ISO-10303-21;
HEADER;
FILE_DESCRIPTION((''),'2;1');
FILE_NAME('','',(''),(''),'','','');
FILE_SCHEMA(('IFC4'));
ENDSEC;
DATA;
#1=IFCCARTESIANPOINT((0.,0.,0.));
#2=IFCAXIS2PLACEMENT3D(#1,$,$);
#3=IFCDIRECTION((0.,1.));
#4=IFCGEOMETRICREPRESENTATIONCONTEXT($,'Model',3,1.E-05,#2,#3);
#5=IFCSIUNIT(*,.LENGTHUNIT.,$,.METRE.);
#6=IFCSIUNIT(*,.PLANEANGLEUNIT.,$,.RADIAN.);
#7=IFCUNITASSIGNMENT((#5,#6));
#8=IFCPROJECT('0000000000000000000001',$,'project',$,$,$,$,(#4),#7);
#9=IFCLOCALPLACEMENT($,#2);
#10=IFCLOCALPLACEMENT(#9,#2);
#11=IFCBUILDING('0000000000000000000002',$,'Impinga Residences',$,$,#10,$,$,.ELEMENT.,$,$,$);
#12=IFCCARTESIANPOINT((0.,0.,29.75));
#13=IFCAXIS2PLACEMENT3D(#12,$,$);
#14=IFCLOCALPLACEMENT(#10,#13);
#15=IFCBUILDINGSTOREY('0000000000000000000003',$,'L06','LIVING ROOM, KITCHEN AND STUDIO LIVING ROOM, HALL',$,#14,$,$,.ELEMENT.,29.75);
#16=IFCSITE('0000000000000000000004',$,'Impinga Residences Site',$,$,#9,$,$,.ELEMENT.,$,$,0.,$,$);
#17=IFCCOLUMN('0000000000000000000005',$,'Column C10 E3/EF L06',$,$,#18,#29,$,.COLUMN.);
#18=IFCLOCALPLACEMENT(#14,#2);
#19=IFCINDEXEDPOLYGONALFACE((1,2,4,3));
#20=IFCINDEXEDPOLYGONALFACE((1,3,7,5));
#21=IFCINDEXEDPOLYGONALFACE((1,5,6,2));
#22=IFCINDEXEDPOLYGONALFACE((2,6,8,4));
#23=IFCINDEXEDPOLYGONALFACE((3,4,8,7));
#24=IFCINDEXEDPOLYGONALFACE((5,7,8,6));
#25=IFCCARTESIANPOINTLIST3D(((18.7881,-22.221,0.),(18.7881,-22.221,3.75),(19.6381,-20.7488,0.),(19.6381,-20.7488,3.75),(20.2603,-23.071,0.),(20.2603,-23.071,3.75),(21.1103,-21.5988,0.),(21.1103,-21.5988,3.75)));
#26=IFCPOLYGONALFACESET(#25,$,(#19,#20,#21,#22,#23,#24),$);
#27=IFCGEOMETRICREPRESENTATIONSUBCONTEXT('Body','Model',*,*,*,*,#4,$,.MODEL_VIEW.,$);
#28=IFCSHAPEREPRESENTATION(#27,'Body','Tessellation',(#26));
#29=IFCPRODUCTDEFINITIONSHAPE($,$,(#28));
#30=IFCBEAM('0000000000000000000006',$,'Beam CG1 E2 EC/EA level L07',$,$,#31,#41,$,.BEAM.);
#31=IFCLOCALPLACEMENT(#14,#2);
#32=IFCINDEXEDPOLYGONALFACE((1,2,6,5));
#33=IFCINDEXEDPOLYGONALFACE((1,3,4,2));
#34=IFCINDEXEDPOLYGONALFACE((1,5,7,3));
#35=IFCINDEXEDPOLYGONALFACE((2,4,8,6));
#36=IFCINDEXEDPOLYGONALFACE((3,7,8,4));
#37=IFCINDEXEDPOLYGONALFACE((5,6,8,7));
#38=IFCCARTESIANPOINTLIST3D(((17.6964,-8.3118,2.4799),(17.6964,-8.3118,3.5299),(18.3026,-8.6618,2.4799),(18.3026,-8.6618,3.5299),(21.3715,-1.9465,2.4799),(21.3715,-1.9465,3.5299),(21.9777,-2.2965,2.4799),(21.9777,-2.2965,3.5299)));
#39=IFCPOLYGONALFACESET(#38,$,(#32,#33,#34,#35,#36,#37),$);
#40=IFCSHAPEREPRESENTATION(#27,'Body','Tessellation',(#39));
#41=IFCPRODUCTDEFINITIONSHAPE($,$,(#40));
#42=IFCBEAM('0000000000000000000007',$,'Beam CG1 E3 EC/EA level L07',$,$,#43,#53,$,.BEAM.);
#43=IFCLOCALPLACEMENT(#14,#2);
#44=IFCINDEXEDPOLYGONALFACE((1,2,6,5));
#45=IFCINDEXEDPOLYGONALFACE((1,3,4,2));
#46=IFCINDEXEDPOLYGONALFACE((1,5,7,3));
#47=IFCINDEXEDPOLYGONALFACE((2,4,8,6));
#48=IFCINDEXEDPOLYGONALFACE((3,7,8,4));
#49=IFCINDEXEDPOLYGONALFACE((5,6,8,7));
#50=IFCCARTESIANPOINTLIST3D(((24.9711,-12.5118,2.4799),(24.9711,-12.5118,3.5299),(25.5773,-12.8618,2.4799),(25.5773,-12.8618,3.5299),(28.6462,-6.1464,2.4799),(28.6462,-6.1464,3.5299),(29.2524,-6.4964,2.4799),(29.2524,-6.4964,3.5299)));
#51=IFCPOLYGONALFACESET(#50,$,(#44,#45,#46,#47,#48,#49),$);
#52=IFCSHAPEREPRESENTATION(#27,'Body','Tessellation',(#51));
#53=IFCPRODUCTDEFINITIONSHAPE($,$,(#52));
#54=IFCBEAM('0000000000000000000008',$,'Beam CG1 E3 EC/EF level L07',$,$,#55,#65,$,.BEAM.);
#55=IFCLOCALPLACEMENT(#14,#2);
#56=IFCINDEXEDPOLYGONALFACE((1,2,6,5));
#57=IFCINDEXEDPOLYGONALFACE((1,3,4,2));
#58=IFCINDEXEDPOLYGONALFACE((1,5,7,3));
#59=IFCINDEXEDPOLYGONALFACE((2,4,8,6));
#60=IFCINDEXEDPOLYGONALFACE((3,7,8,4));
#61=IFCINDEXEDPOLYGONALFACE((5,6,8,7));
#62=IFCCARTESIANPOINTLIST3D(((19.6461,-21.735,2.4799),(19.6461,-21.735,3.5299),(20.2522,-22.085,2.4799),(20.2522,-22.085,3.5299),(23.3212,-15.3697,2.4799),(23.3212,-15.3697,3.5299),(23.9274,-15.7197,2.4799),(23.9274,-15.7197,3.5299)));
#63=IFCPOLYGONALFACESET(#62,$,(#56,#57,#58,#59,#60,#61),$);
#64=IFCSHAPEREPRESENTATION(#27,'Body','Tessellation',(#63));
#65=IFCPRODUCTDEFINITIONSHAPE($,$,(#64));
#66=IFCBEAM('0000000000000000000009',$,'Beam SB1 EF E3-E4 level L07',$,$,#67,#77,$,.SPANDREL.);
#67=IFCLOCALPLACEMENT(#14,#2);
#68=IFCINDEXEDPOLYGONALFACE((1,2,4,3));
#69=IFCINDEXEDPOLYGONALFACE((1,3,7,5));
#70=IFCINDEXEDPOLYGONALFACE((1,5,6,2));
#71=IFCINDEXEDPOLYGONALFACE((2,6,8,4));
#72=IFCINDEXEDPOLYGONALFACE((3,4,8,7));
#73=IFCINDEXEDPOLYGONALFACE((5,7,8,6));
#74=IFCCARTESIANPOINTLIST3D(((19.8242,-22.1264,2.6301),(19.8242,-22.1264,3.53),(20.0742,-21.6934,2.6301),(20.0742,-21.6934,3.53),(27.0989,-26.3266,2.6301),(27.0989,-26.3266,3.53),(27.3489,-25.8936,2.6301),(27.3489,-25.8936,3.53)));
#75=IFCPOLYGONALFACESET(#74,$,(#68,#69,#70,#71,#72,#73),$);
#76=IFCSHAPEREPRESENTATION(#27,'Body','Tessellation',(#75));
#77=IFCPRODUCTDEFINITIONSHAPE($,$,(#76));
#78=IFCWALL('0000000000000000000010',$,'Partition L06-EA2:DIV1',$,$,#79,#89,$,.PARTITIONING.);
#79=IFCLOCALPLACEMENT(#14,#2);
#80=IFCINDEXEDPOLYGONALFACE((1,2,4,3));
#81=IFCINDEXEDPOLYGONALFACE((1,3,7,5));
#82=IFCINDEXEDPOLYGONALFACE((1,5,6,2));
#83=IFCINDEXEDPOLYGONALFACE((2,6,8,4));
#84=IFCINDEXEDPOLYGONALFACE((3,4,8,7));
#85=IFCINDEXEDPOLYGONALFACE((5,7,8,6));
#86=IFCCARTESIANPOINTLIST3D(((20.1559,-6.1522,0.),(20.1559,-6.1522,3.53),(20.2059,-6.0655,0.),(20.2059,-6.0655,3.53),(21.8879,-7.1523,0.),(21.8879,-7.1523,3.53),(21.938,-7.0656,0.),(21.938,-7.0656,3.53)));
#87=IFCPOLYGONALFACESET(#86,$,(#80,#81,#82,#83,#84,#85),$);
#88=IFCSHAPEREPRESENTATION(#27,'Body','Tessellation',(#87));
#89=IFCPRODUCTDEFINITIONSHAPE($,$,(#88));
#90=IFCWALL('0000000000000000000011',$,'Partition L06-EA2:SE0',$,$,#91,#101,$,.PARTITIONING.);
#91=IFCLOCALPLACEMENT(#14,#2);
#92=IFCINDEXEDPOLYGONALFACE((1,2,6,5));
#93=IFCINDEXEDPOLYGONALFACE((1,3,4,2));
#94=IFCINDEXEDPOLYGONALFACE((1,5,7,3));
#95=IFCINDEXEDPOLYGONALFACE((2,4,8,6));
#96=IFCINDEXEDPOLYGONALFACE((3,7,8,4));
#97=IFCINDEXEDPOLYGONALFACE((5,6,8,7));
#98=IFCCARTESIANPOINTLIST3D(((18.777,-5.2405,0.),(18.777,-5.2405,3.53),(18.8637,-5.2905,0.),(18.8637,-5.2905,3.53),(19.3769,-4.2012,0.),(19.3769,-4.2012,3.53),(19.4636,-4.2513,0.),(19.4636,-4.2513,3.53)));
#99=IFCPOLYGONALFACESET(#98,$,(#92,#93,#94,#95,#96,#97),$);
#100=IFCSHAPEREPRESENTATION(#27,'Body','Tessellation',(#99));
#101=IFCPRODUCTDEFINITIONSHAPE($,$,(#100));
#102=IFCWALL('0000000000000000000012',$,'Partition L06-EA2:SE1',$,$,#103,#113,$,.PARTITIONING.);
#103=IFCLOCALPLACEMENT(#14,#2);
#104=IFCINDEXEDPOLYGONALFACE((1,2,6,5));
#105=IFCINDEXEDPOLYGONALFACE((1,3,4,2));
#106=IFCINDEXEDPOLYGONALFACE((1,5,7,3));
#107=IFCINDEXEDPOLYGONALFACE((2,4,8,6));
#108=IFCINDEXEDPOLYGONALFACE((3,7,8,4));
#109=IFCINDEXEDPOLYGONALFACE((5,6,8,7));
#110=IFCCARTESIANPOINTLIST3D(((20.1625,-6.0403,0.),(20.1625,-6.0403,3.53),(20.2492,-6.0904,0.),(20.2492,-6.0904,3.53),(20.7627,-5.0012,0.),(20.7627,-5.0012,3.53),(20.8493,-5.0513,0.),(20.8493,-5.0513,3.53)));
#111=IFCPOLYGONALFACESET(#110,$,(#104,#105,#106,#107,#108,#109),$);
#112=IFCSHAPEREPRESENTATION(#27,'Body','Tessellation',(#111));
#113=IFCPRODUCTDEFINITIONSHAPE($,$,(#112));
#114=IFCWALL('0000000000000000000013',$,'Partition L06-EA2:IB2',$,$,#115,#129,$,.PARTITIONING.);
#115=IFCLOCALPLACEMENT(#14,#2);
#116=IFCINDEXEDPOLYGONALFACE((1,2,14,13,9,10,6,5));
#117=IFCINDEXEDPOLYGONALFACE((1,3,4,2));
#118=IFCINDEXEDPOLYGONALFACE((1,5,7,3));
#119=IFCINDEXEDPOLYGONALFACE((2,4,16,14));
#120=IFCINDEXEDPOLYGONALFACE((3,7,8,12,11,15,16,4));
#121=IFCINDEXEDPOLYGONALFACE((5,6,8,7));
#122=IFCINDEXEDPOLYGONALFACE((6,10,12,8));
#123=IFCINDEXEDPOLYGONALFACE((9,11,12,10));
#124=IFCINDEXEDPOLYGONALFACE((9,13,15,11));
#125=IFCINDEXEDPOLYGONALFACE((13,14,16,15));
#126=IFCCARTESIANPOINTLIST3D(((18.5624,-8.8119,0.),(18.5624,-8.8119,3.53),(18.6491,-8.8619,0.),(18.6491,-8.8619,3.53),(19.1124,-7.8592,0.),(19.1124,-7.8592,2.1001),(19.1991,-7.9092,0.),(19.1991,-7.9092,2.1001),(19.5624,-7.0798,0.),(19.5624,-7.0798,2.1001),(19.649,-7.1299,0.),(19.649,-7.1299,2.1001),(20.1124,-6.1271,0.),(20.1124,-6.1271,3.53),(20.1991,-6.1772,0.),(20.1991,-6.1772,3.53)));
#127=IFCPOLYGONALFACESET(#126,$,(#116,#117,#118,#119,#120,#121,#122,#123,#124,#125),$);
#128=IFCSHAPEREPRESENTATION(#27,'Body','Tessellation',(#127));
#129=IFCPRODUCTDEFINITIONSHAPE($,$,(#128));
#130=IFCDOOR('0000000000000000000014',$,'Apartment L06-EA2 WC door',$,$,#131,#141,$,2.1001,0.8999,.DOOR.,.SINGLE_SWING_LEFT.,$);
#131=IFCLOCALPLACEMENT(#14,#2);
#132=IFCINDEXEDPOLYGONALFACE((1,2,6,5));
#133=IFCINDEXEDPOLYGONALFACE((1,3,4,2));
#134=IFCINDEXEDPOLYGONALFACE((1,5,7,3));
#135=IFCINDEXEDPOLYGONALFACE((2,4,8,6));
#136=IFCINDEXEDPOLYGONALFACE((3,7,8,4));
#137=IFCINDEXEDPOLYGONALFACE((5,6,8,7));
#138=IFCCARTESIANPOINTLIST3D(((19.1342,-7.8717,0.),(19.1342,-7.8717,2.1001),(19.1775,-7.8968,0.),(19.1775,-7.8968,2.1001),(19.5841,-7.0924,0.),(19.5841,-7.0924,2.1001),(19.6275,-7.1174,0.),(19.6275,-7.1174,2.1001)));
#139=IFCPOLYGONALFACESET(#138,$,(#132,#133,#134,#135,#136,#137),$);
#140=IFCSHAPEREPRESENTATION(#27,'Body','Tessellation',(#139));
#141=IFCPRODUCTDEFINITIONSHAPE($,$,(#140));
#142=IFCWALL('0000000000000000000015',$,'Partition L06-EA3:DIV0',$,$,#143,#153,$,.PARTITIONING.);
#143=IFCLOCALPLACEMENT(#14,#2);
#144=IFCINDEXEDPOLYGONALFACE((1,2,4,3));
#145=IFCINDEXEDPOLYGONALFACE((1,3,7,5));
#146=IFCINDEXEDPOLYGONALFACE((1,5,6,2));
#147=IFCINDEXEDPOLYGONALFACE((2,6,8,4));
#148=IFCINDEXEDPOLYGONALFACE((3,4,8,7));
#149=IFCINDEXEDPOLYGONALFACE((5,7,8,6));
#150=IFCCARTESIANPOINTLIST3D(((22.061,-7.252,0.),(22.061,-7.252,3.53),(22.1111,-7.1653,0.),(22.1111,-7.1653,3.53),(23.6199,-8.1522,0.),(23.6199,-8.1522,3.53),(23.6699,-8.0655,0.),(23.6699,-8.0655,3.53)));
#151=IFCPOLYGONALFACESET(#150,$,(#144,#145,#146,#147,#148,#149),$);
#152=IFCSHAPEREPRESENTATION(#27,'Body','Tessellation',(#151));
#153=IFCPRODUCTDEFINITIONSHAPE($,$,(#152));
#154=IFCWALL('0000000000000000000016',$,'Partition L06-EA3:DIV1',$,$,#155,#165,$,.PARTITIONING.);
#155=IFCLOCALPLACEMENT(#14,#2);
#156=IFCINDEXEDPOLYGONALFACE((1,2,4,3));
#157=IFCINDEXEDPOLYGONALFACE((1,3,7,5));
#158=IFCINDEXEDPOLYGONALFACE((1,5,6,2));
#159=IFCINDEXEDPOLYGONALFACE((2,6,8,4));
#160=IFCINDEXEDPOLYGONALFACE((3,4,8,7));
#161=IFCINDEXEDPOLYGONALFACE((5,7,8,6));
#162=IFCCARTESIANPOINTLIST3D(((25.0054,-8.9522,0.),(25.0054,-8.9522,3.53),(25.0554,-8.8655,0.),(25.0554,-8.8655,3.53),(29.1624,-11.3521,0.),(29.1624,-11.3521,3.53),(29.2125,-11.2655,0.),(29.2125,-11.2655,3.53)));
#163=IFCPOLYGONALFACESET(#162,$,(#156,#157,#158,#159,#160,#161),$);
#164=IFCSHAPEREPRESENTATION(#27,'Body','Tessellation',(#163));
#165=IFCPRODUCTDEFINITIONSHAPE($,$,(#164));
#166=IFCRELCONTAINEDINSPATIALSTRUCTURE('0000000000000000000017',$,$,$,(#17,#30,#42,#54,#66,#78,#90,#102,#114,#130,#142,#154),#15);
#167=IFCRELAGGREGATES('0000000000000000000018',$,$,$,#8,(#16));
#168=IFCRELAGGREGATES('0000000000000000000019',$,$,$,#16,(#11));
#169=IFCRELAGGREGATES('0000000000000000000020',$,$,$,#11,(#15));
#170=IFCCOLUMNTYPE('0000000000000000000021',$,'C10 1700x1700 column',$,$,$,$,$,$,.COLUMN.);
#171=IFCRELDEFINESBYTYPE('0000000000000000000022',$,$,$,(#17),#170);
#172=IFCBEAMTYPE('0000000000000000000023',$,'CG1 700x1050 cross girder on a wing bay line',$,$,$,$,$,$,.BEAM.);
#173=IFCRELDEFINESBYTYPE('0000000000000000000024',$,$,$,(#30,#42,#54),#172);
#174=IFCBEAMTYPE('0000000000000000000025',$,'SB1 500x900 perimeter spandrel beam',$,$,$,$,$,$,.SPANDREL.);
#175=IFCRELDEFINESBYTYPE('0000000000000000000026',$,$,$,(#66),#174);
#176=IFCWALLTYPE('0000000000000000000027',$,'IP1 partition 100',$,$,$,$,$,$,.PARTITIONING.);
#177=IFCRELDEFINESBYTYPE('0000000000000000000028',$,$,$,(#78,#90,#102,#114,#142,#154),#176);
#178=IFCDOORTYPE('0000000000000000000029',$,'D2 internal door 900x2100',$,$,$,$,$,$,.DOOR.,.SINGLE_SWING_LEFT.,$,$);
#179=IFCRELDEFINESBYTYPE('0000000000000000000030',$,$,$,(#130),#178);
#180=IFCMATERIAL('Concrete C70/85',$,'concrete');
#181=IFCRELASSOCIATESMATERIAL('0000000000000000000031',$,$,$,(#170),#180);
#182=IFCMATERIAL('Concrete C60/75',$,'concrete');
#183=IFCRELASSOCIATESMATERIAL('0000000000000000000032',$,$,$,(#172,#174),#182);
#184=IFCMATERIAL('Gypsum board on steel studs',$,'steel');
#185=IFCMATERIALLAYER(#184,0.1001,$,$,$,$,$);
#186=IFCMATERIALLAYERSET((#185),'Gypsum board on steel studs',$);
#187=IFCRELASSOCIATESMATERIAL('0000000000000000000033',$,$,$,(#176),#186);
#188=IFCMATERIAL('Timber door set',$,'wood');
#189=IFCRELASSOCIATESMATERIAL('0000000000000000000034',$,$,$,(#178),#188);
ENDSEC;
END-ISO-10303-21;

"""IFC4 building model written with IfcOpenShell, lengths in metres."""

from ifc_helpers import new_model, si_unit, direction, frame, frame_2d, origin, origin_2d, place, context, subcontext, project, spatial, rectangle, extrude, material, layer, layer_set, material_profile, profile_set, type_object, element, fill, save


model = new_model("IFC4")

# Units and contexts
model_context = context("Model", 3, precision=1e-05, world=origin(), true_north=direction((0.0, 1.0)))
body_context = subcontext(model_context, "Body", "Model", "MODEL_VIEW")
ifc_project = project(units=[si_unit("LENGTHUNIT", "METRE"), si_unit("PLANEANGLEUNIT", "RADIAN")], contexts=[model_context])

# Site, building, storey
site_placement = place(None, origin())
site = spatial("IfcSite", under=ifc_project, at=site_placement, Name="Impinga Residences Site", CompositionType="ELEMENT", RefElevation=0.0)
building_placement = place(site_placement, origin())
building = spatial("IfcBuilding", under=site, at=building_placement, Name="Impinga Residences", CompositionType="ELEMENT")
storey_placement = place(building_placement, frame((0.0, 0.0, 29.75)))
storey = spatial("IfcBuildingStorey", under=building, at=storey_placement, Name="L06", Description="LIVING ROOM, KITCHEN AND STUDIO LIVING ROOM, HALL", CompositionType="ELEMENT", Elevation=29.75)

# Column
ifc_material_1 = material(Name="Concrete C70/85", Category="concrete")
ifc_material_profile_1 = material_profile(ifc_material_1, rectangle(XDim=1.7, YDim=1.7, at=origin_2d()), Name="RC 1700x1700")
ifc_profile_set_1 = profile_set([ifc_material_profile_1], Name="Concrete C70/85")
column_type = type_object("IfcColumnType", Name="C10 1700x1700 column", PredefinedType="COLUMN", material=ifc_profile_set_1)
column_placement = place(storey_placement, frame((19.9492, -21.9099, 0.0), z_axis=(0.0, 0.0, 1.0), x_axis=(-0.5, -0.866025, 0.0)))
element("IfcColumn", 1, at=column_placement, inside=storey, type_object=column_type, Name="Column C10 E3/EF L06", PredefinedType="COLUMN", context=body_context, shape_type="SweptSolid", body=[
    extrude(rectangle(XDim=1.7, YDim=1.7, at=origin_2d()), origin(), (0.0, 0.0, 1.0), 3.75),
])

# Beams
ifc_material_2 = material(Name="Concrete C60/75", Category="concrete")
ifc_material_profile_2 = material_profile(ifc_material_2, rectangle(XDim=0.7, YDim=1.05, at=origin_2d()), Name="RC 700x1050")
ifc_profile_set_2 = profile_set([ifc_material_profile_2], Name="Concrete C60/75")
beam_type_1 = type_object("IfcBeamType", Name="CG1 700x1050 cross girder on a wing bay line", PredefinedType="BEAM", material=ifc_profile_set_2)
for number, where, z_axis, x_axis, name in (
    (2, (17.9995, -8.4868, 3.0049), (0.500008, 0.866021, 0.0), (-0.866021, 0.500008, 0.0), "Beam CG1 E2 EC/EA level L07"),
    (3, (25.2742, -12.6868, 3.0049), (0.500008, 0.866021, 0.0), (-0.866021, 0.500008, 0.0), "Beam CG1 E3 EC/EA level L07"),
    (4, (23.6243, -15.5447, 3.0049), (-0.500008, -0.866021, 0.0), (0.866021, -0.500008, 0.0), "Beam CG1 E3 EC/EF level L07"),
):
    element("IfcBeam", number, at=place(storey_placement, frame(where, z_axis=z_axis, x_axis=x_axis)), inside=storey, type_object=beam_type_1, Name=name, PredefinedType="BEAM", context=body_context, shape_type="SweptSolid", body=[
        extrude(rectangle(XDim=0.7, YDim=1.05, at=origin_2d()), origin(), (0.0, 0.0, 1.0), 7.3501),
    ])
ifc_material_profile_3 = material_profile(ifc_material_2, rectangle(XDim=0.5, YDim=0.8999, at=origin_2d()), Name="RC 500x900")
ifc_profile_set_3 = profile_set([ifc_material_profile_3], Name="Concrete C60/75")
beam_type_2 = type_object("IfcBeamType", Name="SB1 500x900 perimeter spandrel beam", PredefinedType="SPANDREL", material=ifc_profile_set_3)
beam_placement = place(storey_placement, frame((19.9492, -21.9099, 3.0801), z_axis=(0.866017, -0.500015, 0.0), x_axis=(0.500015, 0.866017, 0.0)))
element("IfcBeam", 5, at=beam_placement, inside=storey, type_object=beam_type_2, Name="Beam SB1 EF E3-E4 level L07", PredefinedType="SPANDREL", context=body_context, shape_type="SweptSolid", body=[
    extrude(rectangle(XDim=0.5, YDim=0.8999, at=origin_2d()), origin(), (0.0, 0.0, 1.0), 8.4001),
])

# Walls
ifc_material_3 = material(Name="Gypsum board on steel studs", Category="steel")
ifc_layer_1 = layer(ifc_material_3, 0.1001)
ifc_layer_set_1 = layer_set([ifc_layer_1], Name="Gypsum board on steel studs")
wall_type_1 = type_object("IfcWallType", Name="IP1 partition 100", PredefinedType="PARTITIONING", material=ifc_layer_set_1)
wall_1_placement = place(storey_placement, frame((20.1809, -6.1089, 0.0), z_axis=(0.0, 0.0, 1.0), x_axis=(0.866011, -0.500025, 0.0)))
element("IfcWall", 6, at=wall_1_placement, inside=storey, type_object=wall_type_1, Name="Partition L06-EA2:DIV1", PredefinedType="PARTITIONING", context=body_context, shape_type="SweptSolid", body=[
    extrude(rectangle(XDim=2.0, YDim=0.1001, at=frame_2d((1.0, 0.0))), origin(), (0.0, 0.0, 1.0), 3.53),
])
for number, where, z_axis, x_axis, name in (
    (7, (18.8203, -5.2656, 0.0), (0.0, 0.0, 1.0), (0.499881, 0.866094, 0.0), "Partition L06-EA2:SE0"),
    (8, (20.2058, -6.0654, 0.0), (0.0, 0.0, 1.0), (0.500122, 0.865955, 0.0), "Partition L06-EA2:SE1"),
):
    element("IfcWall", number, at=place(storey_placement, frame(where, z_axis=z_axis, x_axis=x_axis)), inside=storey, type_object=wall_type_1, Name=name, PredefinedType="PARTITIONING", context=body_context, shape_type="SweptSolid", body=[
        extrude(rectangle(XDim=1.2, YDim=0.1001, at=frame_2d((0.6001, 0.0))), origin(), (0.0, 0.0, 1.0), 3.53),
    ])

# Wall, opening, door
wall_2_placement = place(storey_placement, frame((18.6057, -8.8369, 0.0), z_axis=(0.0, 0.0, 1.0), x_axis=(0.499993, 0.86603, 0.0)))
wall_2 = element("IfcWall", 9, at=wall_2_placement, inside=storey, type_object=wall_type_1, Name="Partition L06-EA2:IB2", PredefinedType="PARTITIONING", context=body_context, shape_type="SweptSolid", body=[
    extrude(rectangle(XDim=3.1001, YDim=0.1001, at=frame_2d((1.55, 0.0))), origin(), (0.0, 0.0, 1.0), 3.53),
])
opening_1_placement = place(wall_2_placement, frame((1.1001, 0.0, 0.0)))
opening_1 = element("IfcOpeningElement", 10, at=opening_1_placement, cuts=wall_2, PredefinedType="OPENING", context=body_context, shape_type="SweptSolid", body=[
    extrude(rectangle(XDim=0.8999, YDim=2.1001, at=frame_2d((0.45, 1.05))), frame((0.0, 0.0601, 0.0), z_axis=(0.0, -1.0, 0.0), x_axis=(1.0, 0.0, 0.0)), (0.0, 0.0, 1.0), 0.1201),
])
ifc_material_4 = material(Name="Timber door set", Category="wood")
door_type = type_object("IfcDoorType", Name="D2 internal door 900x2100", OperationType="SINGLE_SWING_LEFT", PredefinedType="DOOR", material=ifc_material_4)
door_1_placement = place(opening_1_placement, origin())
door_1 = element("IfcDoor", 11, at=door_1_placement, inside=storey, type_object=door_type, Name="Apartment L06-EA2 WC door", OperationType="SINGLE_SWING_LEFT", OverallHeight=2.1001, OverallWidth=0.8999, PredefinedType="DOOR", context=body_context, shape_type="SweptSolid", body=[
    extrude(rectangle(XDim=0.8999, YDim=2.1001, at=frame_2d((0.45, 1.05))), frame((0.0, 0.0249, 0.0), z_axis=(0.0, -1.0, 0.0), x_axis=(1.0, 0.0, 0.0)), (0.0, 0.0, 1.0), 0.05),
])
fill(opening_1, door_1)

# Walls
wall_3_placement = place(storey_placement, frame((22.0862, -7.2087, 0.0), z_axis=(0.0, 0.0, 1.0), x_axis=(0.865989, -0.500063, 0.0)))
element("IfcWall", 12, at=wall_3_placement, inside=storey, type_object=wall_type_1, Name="Partition L06-EA3:DIV0", PredefinedType="PARTITIONING", context=body_context, shape_type="SweptSolid", body=[
    extrude(rectangle(XDim=1.8, YDim=0.1001, at=frame_2d((0.8999, 0.0))), origin(), (0.0, 0.0, 1.0), 3.53),
])
wall_4_placement = place(storey_placement, frame((25.0305, -8.9089, 0.0), z_axis=(0.0, 0.0, 1.0), x_axis=(0.866037, -0.499979, 0.0)))
element("IfcWall", 13, at=wall_4_placement, inside=storey, type_object=wall_type_1, Name="Partition L06-EA3:DIV1", PredefinedType="PARTITIONING", context=body_context, shape_type="SweptSolid", body=[
    extrude(rectangle(XDim=4.8, YDim=0.1001, at=frame_2d((2.3999, 0.0))), origin(), (0.0, 0.0, 1.0), 3.53),
])

save(model, "model.ifc")
